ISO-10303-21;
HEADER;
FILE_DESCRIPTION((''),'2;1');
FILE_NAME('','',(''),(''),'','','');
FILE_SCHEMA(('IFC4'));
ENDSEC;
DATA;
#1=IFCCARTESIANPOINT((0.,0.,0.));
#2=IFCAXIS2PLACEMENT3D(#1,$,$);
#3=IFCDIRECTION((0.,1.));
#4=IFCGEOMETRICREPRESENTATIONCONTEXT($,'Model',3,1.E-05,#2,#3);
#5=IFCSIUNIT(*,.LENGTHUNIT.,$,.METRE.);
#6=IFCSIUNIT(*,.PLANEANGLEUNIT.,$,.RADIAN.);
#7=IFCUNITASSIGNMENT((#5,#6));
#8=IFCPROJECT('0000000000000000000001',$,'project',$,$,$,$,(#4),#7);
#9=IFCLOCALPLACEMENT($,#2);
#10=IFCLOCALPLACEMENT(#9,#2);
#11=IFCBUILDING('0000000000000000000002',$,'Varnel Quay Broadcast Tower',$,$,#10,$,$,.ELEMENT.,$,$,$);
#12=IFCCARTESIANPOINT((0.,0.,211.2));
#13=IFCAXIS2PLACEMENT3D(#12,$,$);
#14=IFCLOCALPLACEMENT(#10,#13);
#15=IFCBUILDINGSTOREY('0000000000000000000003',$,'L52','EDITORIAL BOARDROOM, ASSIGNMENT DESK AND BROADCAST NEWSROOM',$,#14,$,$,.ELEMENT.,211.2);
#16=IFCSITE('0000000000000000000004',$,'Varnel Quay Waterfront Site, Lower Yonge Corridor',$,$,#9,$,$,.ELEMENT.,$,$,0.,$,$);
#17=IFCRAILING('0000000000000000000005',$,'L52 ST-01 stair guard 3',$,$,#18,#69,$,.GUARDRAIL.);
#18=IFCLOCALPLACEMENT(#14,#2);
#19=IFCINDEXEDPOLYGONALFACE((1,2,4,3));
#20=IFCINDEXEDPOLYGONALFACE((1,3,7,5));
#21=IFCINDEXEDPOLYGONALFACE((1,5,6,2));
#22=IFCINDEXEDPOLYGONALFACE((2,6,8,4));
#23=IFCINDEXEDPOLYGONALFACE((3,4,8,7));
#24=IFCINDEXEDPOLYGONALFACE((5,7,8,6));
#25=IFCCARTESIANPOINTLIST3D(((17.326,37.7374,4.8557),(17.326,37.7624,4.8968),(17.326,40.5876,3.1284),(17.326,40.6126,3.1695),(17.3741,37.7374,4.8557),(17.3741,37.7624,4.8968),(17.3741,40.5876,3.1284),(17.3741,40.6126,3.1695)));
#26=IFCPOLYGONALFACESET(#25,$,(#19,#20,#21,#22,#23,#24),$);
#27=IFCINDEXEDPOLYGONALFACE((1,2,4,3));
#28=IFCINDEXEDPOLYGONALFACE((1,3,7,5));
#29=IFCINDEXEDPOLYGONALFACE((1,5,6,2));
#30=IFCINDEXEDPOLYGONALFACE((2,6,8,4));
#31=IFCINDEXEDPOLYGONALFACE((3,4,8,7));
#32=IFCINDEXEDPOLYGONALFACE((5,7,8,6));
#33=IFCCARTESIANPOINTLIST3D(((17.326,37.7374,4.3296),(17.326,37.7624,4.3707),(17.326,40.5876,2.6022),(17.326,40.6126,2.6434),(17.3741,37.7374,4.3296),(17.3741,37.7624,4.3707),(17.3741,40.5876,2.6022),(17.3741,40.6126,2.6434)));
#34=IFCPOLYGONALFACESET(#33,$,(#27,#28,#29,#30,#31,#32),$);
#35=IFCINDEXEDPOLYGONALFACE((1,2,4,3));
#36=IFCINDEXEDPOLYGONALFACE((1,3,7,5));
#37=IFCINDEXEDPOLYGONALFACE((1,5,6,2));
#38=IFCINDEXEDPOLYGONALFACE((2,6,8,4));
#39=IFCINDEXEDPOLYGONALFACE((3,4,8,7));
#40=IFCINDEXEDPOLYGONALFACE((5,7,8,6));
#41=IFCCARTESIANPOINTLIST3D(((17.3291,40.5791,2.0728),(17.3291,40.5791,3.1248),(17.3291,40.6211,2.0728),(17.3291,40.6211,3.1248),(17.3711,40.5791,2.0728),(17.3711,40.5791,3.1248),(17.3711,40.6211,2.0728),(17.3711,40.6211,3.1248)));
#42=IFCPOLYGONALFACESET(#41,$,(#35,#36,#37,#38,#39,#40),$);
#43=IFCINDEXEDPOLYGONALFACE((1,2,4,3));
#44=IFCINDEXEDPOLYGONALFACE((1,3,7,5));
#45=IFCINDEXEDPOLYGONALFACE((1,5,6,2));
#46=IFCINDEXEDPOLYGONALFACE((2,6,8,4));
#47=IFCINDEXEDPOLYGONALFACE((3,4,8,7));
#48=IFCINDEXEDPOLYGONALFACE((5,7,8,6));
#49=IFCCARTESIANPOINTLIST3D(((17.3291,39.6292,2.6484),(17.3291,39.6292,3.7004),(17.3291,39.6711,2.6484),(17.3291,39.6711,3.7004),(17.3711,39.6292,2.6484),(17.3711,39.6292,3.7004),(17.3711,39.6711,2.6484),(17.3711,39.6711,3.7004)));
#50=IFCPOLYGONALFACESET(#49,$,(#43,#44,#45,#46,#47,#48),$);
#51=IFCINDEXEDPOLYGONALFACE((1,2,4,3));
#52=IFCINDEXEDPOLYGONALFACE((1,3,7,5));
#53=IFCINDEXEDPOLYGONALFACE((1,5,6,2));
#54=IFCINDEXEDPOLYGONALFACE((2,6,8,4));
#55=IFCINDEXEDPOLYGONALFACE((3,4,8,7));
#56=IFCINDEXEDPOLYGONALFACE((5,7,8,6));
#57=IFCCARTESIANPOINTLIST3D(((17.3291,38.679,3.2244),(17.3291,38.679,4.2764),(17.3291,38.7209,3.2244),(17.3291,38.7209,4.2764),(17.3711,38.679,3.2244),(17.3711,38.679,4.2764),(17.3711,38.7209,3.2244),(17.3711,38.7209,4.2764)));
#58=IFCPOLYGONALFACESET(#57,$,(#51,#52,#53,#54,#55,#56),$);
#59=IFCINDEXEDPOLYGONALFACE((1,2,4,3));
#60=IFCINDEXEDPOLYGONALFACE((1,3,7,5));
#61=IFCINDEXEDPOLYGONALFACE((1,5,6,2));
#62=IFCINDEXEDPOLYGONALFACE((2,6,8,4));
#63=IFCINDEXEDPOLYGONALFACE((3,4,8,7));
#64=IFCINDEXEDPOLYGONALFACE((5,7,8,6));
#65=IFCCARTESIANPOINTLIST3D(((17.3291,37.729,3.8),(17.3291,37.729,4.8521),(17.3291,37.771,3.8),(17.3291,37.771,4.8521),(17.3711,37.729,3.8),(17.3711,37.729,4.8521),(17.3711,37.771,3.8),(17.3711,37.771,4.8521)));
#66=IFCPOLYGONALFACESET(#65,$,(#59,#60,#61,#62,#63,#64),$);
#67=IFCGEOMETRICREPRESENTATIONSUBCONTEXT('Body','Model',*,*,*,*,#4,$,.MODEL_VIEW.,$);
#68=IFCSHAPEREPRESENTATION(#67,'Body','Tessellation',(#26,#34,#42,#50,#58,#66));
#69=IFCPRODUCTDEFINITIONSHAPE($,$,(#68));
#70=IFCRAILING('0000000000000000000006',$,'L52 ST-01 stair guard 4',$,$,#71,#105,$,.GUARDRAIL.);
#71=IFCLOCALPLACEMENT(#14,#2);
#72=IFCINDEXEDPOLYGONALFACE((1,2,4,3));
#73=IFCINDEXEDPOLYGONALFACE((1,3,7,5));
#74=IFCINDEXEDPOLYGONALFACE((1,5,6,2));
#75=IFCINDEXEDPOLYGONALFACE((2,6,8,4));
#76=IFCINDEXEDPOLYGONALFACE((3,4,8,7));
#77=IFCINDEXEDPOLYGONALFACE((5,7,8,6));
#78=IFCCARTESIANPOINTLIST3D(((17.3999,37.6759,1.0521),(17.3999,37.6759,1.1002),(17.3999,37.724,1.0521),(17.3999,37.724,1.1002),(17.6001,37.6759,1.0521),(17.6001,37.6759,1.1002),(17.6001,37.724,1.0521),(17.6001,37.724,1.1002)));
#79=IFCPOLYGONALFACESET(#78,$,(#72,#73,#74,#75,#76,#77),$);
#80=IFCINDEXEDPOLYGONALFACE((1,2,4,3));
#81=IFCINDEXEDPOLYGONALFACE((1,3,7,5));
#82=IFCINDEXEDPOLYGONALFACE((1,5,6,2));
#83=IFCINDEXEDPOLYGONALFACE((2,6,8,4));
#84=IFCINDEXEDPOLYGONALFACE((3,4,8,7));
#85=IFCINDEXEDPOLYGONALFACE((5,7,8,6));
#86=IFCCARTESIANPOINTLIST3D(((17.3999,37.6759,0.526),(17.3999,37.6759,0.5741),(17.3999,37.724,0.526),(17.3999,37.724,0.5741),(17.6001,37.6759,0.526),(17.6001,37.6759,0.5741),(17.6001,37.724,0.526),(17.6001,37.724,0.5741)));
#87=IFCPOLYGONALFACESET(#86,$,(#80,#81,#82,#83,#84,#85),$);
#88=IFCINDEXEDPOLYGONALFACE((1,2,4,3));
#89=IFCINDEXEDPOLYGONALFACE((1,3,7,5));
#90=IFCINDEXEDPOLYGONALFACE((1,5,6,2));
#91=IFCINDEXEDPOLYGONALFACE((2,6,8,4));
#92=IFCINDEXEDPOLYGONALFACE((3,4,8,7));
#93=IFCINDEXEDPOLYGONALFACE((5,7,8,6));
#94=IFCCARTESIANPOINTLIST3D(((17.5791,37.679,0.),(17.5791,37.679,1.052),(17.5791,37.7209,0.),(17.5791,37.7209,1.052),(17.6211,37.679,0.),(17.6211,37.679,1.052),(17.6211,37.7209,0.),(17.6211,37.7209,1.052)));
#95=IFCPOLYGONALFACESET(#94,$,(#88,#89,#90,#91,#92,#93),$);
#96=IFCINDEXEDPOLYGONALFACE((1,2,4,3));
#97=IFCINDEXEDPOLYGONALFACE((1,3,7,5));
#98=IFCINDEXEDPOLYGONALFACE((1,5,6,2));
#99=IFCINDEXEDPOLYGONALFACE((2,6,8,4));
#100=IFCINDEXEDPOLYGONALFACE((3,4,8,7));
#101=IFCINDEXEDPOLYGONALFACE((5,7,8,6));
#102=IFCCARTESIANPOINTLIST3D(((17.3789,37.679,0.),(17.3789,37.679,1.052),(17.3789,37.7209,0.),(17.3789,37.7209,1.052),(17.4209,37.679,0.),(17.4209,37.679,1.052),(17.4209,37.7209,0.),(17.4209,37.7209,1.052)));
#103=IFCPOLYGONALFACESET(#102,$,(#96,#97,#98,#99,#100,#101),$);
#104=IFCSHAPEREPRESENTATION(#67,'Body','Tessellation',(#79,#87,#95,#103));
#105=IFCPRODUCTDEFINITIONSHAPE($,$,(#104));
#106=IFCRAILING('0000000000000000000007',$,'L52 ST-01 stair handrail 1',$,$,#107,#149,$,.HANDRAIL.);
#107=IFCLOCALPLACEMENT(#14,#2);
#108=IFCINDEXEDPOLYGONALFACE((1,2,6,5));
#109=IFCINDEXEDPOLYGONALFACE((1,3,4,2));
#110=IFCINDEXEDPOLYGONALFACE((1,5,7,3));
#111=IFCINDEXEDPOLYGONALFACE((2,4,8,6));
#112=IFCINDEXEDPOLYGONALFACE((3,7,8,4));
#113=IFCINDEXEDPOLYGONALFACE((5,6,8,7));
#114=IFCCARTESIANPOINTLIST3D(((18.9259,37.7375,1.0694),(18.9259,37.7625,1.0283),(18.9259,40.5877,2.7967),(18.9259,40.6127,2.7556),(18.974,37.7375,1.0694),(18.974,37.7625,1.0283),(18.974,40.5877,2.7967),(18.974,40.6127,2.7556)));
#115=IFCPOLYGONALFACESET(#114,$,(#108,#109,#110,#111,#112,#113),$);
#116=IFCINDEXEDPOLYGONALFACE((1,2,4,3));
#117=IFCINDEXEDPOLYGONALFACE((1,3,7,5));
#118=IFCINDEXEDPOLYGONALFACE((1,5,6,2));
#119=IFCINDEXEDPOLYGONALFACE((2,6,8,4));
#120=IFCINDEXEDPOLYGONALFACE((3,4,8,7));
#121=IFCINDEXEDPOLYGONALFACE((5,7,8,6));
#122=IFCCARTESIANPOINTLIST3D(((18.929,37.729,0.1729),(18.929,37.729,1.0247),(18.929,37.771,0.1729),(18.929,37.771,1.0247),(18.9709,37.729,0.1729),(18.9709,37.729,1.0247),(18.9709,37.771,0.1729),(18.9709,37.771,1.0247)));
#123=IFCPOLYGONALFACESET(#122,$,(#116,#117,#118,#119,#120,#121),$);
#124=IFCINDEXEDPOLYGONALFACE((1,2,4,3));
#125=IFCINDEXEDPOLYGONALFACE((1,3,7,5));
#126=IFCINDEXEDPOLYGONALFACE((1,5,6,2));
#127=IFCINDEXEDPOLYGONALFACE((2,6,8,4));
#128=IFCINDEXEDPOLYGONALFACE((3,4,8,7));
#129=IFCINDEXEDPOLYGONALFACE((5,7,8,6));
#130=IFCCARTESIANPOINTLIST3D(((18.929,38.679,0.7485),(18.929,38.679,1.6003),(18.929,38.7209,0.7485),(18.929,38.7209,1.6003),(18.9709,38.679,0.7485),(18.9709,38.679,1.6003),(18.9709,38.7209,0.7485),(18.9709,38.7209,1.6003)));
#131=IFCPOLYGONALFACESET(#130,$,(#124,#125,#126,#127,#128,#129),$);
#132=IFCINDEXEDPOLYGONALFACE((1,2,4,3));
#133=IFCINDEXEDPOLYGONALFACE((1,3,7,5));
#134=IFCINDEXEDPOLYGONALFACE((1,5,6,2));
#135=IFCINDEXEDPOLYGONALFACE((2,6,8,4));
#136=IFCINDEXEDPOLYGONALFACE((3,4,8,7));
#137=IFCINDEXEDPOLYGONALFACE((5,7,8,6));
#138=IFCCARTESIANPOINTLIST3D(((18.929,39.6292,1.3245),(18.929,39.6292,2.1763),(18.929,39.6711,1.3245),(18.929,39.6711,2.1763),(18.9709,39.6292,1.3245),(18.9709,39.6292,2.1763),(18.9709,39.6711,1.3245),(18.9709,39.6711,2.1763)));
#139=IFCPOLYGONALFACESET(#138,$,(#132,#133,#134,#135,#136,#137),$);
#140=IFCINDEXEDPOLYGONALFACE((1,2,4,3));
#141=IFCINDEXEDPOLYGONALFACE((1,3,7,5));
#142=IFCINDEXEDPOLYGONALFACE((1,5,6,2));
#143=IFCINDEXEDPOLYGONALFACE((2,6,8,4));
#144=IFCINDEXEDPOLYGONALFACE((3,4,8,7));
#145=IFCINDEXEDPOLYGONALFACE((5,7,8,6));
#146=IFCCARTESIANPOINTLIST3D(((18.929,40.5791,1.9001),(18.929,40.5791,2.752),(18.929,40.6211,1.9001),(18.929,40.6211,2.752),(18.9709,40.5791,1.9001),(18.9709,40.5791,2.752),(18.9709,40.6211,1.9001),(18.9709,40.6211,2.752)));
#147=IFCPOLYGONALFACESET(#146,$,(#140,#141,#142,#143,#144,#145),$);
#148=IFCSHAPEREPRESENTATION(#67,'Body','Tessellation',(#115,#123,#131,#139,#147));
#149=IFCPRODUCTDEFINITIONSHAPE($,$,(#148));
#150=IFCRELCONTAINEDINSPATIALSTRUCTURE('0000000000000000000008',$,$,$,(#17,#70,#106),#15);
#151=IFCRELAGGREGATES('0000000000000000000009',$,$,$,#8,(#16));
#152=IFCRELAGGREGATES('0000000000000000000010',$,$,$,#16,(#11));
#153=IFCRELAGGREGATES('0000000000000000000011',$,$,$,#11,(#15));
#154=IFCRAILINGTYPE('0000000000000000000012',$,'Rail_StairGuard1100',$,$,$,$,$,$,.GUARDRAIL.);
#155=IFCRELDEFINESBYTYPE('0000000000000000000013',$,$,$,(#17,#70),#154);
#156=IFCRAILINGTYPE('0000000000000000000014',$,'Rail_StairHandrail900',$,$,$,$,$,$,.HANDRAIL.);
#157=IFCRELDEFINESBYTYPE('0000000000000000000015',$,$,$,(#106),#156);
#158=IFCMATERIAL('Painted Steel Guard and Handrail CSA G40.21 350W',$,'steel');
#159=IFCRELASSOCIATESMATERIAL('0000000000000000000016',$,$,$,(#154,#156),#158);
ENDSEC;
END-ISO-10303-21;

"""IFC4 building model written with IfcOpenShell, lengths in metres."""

from ifc_helpers import new_model, si_unit, direction, frame, origin, origin_2d, place, context, subcontext, project, spatial, rectangle, extrude, material, type_object, element, save


model = new_model("IFC4")

# Units and contexts
model_context = context("Model", 3, precision=1e-05, world=origin(), true_north=direction((0.0, 1.0)))
body_context = subcontext(model_context, "Body", "Model", "MODEL_VIEW")
ifc_project = project(units=[si_unit("LENGTHUNIT", "METRE"), si_unit("PLANEANGLEUNIT", "RADIAN")], contexts=[model_context])

# Site, building, storey
site_placement = place(None, origin())
site = spatial("IfcSite", under=ifc_project, at=site_placement, Name="Varnel Quay Waterfront Site, Lower Yonge Corridor", CompositionType="ELEMENT", RefElevation=0.0)
building_placement = place(site_placement, origin())
building = spatial("IfcBuilding", under=site, at=building_placement, Name="Varnel Quay Broadcast Tower", CompositionType="ELEMENT")
storey_placement = place(building_placement, frame((0.0, 0.0, 211.2)))
storey = spatial("IfcBuildingStorey", under=building, at=storey_placement, Name="L52", Description="EDITORIAL BOARDROOM, ASSIGNMENT DESK AND BROADCAST NEWSROOM", CompositionType="ELEMENT", Elevation=211.2)

# Railings
ifc_material_1 = material(Name="Painted Steel Guard and Handrail CSA G40.21 350W", Category="steel")
railing_type_1 = type_object("IfcRailingType", Name="Rail_StairGuard1100", PredefinedType="GUARDRAIL", material=ifc_material_1)
railing_1_placement = place(storey_placement, frame((17.3501, 40.6001, 2.0728)))
element("IfcRailing", 1, at=railing_1_placement, inside=storey, type_object=railing_type_1, Name="L52 ST-01 stair guard 3", PredefinedType="GUARDRAIL", context=body_context, shape_type="SweptSolid", body=[
    extrude(rectangle(XDim=0.0481, YDim=0.0481, at=origin_2d()), frame((0.0, 0.0, 1.0762), z_axis=(0.0, -0.855203, 0.518294), x_axis=(1.0, 0.0, 0.0)), (0.0, 0.0, 1.0), 3.3328),
    extrude(rectangle(XDim=0.0481, YDim=0.0481, at=origin_2d()), frame((0.0, 0.0, 0.55), z_axis=(0.0, -0.855203, 0.518294), x_axis=(1.0, 0.0, 0.0)), (0.0, 0.0, 1.0), 3.3328),
    extrude(rectangle(XDim=0.042, YDim=0.042, at=origin_2d()), origin(), (0.0, 0.0, 1.0), 1.052),
    extrude(rectangle(XDim=0.042, YDim=0.042, at=origin_2d()), frame((0.0, -0.95, 0.5757)), (0.0, 0.0, 1.0), 1.052),
    extrude(rectangle(XDim=0.042, YDim=0.042, at=origin_2d()), frame((0.0, -1.9001, 1.1516)), (0.0, 0.0, 1.0), 1.052),
    extrude(rectangle(XDim=0.042, YDim=0.042, at=origin_2d()), frame((0.0, -2.8501, 1.7273)), (0.0, 0.0, 1.0), 1.052),
])
railing_2_placement = place(storey_placement, frame((17.6001, 37.7, 0.0)))
element("IfcRailing", 2, at=railing_2_placement, inside=storey, type_object=railing_type_1, Name="L52 ST-01 stair guard 4", PredefinedType="GUARDRAIL", context=body_context, shape_type="SweptSolid", body=[
    extrude(rectangle(XDim=0.0481, YDim=0.0481, at=origin_2d()), frame((0.0, 0.0, 1.0762), z_axis=(-1.0, 0.0, 0.0), x_axis=(0.0, -1.0, 0.0)), (0.0, 0.0, 1.0), 0.2002),
    extrude(rectangle(XDim=0.0481, YDim=0.0481, at=origin_2d()), frame((0.0, 0.0, 0.55), z_axis=(-1.0, 0.0, 0.0), x_axis=(0.0, -1.0, 0.0)), (0.0, 0.0, 1.0), 0.2002),
    extrude(rectangle(XDim=0.042, YDim=0.042, at=origin_2d()), origin(), (0.0, 0.0, 1.0), 1.052),
    extrude(rectangle(XDim=0.042, YDim=0.042, at=origin_2d()), frame((-0.2002, 0.0, 0.0)), (0.0, 0.0, 1.0), 1.052),
])
railing_type_2 = type_object("IfcRailingType", Name="Rail_StairHandrail900", PredefinedType="HANDRAIL", material=ifc_material_1)
railing_3_placement = place(storey_placement, frame((18.95, 37.75, 0.1729)))
element("IfcRailing", 3, at=railing_3_placement, inside=storey, type_object=railing_type_2, Name="L52 ST-01 stair handrail 1", PredefinedType="HANDRAIL", context=body_context, shape_type="SweptSolid", body=[
    extrude(rectangle(XDim=0.0481, YDim=0.0481, at=origin_2d()), frame((0.0, 0.0, 0.876), z_axis=(0.0, 0.855203, 0.518294), x_axis=(-1.0, 0.0, 0.0)), (0.0, 0.0, 1.0), 3.3328),
    extrude(rectangle(XDim=0.042, YDim=0.042, at=origin_2d()), origin(), (0.0, 0.0, 1.0), 0.8518),
    extrude(rectangle(XDim=0.042, YDim=0.042, at=origin_2d()), frame((0.0, 0.95, 0.5757)), (0.0, 0.0, 1.0), 0.8518),
    extrude(rectangle(XDim=0.042, YDim=0.042, at=origin_2d()), frame((0.0, 1.9001, 1.1516)), (0.0, 0.0, 1.0), 0.8518),
    extrude(rectangle(XDim=0.042, YDim=0.042, at=origin_2d()), frame((0.0, 2.8501, 1.7273)), (0.0, 0.0, 1.0), 0.8518),
])

save(model, "model.ifc")
